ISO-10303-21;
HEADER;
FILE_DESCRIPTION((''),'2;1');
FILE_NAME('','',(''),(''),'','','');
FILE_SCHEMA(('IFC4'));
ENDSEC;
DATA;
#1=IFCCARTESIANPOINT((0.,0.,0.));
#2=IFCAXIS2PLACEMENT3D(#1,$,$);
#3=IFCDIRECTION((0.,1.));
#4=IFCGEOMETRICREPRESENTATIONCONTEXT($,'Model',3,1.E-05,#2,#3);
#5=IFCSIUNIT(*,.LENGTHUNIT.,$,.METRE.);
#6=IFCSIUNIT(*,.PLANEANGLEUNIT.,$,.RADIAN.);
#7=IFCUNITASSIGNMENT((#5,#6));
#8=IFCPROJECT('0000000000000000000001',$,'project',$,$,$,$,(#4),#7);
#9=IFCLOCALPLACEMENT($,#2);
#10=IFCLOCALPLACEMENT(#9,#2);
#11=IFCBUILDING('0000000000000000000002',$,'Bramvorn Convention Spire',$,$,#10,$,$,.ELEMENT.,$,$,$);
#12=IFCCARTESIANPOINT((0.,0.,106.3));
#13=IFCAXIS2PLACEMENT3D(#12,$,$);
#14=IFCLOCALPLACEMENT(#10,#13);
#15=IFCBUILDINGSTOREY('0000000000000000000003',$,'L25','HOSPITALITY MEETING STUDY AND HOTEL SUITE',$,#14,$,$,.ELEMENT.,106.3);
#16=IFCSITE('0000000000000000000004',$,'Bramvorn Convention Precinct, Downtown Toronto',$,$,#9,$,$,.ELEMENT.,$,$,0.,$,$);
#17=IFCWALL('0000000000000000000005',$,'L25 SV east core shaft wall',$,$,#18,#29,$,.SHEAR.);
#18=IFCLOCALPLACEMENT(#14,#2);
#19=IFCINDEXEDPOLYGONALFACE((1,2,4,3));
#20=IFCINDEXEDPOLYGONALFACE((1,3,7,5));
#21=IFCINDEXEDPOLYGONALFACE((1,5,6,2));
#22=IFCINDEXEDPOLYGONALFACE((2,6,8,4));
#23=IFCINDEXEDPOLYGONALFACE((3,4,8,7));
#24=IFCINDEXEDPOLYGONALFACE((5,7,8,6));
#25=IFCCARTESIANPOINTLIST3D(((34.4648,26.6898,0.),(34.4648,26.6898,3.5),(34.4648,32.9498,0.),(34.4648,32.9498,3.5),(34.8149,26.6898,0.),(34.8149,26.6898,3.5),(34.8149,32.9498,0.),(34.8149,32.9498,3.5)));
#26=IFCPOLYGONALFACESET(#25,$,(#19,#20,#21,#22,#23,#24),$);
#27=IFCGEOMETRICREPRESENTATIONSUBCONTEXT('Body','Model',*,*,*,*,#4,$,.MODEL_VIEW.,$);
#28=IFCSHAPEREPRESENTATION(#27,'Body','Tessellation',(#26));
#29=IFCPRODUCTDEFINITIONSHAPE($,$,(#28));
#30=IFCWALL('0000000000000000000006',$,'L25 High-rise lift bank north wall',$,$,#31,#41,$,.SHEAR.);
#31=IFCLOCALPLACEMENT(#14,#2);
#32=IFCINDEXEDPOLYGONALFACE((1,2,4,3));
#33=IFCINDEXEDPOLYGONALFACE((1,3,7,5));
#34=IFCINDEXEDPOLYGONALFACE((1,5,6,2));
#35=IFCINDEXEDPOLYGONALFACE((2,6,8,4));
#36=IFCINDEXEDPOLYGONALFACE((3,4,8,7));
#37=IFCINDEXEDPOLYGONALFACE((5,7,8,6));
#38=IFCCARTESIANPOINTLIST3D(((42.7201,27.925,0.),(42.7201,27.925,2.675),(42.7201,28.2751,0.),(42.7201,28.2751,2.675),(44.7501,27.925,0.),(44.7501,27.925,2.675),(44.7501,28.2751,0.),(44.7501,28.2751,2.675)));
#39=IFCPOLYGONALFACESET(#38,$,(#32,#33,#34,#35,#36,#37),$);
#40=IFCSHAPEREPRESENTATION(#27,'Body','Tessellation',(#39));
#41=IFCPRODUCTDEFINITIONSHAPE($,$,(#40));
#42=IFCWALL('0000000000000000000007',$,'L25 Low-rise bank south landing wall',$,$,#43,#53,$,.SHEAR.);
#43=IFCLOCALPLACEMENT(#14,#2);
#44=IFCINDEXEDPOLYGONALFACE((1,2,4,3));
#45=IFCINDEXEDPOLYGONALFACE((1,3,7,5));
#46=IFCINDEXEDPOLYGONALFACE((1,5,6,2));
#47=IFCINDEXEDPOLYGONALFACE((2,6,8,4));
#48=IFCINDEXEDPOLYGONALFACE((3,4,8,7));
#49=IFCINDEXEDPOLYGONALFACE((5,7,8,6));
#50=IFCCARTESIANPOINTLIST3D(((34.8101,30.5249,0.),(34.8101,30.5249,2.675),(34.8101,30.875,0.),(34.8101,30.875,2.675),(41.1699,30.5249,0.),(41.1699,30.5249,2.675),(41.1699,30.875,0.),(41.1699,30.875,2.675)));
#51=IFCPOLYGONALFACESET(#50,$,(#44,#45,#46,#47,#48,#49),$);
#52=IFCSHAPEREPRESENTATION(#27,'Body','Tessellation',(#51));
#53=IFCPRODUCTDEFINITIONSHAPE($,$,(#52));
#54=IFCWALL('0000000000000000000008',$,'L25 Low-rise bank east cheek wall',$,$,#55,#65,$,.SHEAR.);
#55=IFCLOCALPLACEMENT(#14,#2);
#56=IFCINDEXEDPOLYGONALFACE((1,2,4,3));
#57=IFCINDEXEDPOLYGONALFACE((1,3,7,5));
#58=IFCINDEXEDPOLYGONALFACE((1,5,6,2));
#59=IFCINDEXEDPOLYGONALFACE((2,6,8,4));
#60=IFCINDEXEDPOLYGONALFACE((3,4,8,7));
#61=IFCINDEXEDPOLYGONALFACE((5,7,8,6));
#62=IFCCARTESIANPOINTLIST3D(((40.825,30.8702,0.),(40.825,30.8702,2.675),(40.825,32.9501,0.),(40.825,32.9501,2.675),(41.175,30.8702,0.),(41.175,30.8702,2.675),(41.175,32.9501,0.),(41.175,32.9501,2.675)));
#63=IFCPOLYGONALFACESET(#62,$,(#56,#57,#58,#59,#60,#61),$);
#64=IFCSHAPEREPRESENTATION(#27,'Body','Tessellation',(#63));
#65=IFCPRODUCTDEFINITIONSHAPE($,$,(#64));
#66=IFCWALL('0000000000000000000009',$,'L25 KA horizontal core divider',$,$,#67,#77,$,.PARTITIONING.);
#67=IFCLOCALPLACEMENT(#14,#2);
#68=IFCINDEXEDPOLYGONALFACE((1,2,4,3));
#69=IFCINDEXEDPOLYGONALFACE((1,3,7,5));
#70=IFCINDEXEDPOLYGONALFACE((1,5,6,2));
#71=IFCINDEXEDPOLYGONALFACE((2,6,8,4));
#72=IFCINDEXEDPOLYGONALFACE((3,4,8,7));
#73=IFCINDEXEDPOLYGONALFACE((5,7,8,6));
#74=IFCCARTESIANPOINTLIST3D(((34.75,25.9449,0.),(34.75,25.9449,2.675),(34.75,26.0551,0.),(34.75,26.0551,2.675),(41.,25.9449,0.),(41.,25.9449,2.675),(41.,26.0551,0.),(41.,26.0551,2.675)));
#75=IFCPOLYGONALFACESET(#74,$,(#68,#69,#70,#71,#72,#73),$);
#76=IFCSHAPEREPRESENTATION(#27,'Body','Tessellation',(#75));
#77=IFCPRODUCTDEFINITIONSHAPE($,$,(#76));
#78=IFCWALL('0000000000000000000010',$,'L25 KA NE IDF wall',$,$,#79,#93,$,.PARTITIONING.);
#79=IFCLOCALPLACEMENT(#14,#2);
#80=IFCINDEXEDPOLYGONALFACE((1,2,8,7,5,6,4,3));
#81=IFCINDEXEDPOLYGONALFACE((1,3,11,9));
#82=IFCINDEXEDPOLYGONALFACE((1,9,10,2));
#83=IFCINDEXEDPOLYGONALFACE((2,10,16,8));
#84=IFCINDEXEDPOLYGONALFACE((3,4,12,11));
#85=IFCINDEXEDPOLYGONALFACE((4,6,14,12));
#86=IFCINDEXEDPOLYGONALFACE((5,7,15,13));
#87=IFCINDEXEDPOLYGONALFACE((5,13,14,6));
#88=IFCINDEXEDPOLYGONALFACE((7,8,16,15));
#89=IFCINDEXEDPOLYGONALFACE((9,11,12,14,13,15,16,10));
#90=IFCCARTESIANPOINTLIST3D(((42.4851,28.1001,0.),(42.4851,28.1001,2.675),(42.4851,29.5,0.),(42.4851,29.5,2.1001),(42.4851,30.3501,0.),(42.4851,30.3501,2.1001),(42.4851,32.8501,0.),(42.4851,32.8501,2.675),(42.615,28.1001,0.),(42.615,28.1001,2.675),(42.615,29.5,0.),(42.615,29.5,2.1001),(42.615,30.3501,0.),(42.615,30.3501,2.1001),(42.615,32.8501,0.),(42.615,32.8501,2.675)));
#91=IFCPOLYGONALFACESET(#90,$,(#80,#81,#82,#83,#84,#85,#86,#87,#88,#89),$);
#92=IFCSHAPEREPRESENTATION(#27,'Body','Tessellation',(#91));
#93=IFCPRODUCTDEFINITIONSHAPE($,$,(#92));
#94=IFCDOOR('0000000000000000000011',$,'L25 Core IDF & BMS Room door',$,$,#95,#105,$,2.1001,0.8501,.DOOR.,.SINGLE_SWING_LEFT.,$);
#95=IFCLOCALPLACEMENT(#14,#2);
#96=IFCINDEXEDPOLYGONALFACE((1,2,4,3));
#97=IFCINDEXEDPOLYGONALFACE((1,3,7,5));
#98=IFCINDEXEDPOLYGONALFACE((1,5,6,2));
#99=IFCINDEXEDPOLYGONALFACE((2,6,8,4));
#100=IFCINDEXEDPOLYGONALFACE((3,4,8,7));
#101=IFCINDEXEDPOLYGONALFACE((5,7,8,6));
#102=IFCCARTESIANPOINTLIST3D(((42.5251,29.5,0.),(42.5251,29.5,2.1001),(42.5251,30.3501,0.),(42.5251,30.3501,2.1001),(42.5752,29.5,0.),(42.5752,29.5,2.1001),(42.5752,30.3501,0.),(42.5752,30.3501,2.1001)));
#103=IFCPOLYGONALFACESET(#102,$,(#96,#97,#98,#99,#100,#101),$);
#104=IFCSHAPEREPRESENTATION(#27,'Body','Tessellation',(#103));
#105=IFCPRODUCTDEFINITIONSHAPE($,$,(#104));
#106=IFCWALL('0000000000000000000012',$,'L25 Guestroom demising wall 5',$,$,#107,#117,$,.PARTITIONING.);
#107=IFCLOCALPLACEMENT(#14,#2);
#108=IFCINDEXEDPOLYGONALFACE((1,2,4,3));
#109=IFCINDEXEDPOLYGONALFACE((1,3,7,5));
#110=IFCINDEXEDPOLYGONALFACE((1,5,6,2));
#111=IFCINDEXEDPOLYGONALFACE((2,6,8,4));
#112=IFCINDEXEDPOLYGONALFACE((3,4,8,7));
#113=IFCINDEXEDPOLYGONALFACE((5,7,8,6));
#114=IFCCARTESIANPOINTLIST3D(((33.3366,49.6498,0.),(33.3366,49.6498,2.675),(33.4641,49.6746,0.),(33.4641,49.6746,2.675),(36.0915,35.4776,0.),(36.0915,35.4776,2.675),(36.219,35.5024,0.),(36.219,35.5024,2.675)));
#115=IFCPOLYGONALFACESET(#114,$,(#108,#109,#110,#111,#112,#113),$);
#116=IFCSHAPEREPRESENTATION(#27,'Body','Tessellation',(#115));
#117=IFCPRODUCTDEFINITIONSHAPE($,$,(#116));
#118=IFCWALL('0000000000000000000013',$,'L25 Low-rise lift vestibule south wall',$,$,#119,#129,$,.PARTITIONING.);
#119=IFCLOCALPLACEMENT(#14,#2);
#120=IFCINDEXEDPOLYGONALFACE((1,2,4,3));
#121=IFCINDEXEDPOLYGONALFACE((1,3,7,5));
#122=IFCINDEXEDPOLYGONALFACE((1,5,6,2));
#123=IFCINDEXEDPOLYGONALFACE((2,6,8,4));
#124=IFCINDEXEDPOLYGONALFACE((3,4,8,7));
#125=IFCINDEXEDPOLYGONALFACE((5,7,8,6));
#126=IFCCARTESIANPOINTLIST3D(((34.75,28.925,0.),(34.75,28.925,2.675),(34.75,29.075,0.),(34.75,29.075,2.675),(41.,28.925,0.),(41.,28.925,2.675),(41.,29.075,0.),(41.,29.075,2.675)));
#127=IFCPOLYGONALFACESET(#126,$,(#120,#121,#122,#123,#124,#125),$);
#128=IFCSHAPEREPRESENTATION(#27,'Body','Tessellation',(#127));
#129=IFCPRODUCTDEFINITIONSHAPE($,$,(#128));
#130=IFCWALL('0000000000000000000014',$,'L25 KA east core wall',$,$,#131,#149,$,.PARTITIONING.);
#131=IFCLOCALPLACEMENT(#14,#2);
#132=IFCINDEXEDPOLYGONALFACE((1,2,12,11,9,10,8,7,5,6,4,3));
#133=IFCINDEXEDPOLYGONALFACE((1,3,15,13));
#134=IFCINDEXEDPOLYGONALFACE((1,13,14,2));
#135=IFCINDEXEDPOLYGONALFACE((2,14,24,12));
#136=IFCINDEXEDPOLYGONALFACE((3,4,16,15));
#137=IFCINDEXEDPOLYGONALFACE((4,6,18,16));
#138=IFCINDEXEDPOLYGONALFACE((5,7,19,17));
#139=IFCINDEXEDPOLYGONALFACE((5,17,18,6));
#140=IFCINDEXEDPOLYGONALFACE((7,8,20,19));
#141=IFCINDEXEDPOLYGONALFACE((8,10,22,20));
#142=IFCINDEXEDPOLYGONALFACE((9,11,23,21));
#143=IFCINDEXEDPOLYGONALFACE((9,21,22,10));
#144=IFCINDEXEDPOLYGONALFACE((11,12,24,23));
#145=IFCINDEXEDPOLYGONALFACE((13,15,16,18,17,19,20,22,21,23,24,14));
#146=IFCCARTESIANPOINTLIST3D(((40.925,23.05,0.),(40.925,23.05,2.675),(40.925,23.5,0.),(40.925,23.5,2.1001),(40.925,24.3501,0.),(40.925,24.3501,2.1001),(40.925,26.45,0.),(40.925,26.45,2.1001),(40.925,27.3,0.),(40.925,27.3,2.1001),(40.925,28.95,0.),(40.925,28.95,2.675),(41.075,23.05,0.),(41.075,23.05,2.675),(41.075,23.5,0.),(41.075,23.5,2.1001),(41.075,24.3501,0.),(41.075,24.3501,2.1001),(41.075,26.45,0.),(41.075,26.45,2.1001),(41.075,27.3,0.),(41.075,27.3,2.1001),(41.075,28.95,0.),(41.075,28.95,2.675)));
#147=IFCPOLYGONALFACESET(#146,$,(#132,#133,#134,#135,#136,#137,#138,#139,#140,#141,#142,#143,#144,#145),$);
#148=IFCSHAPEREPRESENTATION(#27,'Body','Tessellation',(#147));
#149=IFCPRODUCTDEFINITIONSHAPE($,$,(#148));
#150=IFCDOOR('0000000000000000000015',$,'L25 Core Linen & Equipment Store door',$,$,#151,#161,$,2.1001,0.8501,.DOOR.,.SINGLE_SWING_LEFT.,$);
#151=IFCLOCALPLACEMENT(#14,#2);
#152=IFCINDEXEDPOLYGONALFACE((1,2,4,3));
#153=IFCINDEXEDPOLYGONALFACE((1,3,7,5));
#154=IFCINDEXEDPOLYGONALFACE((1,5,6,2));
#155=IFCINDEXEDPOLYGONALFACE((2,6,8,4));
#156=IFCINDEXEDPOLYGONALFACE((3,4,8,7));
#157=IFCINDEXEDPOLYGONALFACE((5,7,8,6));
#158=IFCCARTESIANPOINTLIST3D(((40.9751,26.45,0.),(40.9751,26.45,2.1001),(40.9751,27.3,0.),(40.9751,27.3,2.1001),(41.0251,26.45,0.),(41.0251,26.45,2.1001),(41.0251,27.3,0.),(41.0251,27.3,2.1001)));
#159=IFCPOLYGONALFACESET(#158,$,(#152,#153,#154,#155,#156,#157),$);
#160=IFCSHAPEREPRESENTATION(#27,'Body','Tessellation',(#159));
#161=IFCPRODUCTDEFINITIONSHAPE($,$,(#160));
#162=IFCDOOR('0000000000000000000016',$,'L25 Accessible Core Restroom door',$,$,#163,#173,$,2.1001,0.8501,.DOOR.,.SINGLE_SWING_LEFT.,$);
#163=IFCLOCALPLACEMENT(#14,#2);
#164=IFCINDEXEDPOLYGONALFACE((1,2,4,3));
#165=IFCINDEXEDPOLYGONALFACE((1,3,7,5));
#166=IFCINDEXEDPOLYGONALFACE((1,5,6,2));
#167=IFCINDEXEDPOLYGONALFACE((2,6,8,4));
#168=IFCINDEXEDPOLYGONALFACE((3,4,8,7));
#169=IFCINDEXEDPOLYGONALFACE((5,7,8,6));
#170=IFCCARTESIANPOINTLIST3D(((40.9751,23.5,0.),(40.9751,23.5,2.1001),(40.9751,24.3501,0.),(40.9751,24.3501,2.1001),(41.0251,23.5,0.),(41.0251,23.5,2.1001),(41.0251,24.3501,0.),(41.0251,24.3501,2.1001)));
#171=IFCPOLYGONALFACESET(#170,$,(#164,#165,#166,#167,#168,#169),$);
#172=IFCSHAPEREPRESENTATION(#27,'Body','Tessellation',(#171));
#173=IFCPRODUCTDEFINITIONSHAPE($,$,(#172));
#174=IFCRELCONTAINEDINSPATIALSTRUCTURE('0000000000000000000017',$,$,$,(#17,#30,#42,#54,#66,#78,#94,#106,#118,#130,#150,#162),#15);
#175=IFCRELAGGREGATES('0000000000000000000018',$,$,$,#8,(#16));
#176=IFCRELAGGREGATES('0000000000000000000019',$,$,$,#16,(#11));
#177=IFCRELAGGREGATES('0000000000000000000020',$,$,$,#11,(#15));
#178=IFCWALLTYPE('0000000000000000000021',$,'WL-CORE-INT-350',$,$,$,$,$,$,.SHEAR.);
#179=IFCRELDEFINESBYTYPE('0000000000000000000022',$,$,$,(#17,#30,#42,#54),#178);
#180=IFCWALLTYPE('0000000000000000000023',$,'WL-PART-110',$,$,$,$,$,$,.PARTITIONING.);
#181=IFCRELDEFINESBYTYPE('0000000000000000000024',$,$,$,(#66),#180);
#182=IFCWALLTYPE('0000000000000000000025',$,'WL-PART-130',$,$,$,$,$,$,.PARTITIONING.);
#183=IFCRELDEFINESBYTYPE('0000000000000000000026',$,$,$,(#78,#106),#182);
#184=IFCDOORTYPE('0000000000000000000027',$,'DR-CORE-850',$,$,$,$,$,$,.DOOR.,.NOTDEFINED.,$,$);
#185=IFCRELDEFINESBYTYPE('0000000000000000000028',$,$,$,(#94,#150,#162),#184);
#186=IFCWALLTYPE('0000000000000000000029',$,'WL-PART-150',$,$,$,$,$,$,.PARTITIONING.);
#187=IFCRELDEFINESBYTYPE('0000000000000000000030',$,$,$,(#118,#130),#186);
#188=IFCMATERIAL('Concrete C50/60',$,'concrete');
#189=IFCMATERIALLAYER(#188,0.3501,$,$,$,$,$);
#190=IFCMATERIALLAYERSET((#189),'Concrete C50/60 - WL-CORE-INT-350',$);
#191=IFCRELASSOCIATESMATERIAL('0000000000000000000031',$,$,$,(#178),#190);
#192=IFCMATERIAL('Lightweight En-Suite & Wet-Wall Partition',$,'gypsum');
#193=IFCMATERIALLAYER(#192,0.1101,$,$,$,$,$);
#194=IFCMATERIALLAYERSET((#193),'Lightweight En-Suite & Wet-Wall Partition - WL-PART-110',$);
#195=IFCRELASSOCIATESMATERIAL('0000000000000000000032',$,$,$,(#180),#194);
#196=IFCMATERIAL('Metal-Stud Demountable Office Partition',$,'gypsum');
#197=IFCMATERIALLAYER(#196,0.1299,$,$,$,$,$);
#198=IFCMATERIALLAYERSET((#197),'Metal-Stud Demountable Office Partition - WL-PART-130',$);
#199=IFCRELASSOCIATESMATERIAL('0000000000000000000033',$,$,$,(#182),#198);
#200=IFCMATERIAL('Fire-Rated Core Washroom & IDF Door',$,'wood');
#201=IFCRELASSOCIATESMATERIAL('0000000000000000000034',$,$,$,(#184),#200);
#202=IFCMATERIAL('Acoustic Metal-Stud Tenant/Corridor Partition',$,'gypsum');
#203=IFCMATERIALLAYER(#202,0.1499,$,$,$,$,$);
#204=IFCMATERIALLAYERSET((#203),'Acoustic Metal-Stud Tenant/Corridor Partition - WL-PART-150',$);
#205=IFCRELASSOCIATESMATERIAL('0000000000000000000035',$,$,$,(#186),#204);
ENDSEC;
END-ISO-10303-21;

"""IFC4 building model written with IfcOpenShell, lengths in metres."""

from ifc_helpers import new_model, si_unit, direction, frame, frame_2d, origin, place, context, subcontext, project, spatial, rectangle, extrude, material, layer, layer_set, type_object, element, fill, save


model = new_model("IFC4")

# Units and contexts
model_context = context("Model", 3, precision=1e-05, world=origin(), true_north=direction((0.0, 1.0)))
body_context = subcontext(model_context, "Body", "Model", "MODEL_VIEW")
ifc_project = project(units=[si_unit("LENGTHUNIT", "METRE"), si_unit("PLANEANGLEUNIT", "RADIAN")], contexts=[model_context])

# Site, building, storey
site_placement = place(None, origin())
site = spatial("IfcSite", under=ifc_project, at=site_placement, Name="Bramvorn Convention Precinct, Downtown Toronto", CompositionType="ELEMENT", RefElevation=0.0)
building_placement = place(site_placement, origin())
building = spatial("IfcBuilding", under=site, at=building_placement, Name="Bramvorn Convention Spire", CompositionType="ELEMENT")
storey_placement = place(building_placement, frame((0.0, 0.0, 106.3)))
storey = spatial("IfcBuildingStorey", under=building, at=storey_placement, Name="L25", Description="HOSPITALITY MEETING STUDY AND HOTEL SUITE", CompositionType="ELEMENT", Elevation=106.3)

# Shared definitions
ifc_material_1 = material(Name="Concrete C50/60", Category="concrete")
ifc_layer_1 = layer(ifc_material_1, 0.3501)
ifc_layer_set_1 = layer_set([ifc_layer_1], Name="Concrete C50/60 - WL-CORE-INT-350")
wall_type_1 = type_object("IfcWallType", Name="WL-CORE-INT-350", PredefinedType="SHEAR", material=ifc_layer_set_1)

# Walls
wall_1_placement = place(storey_placement, frame((34.6399, 26.6899, 0.0), z_axis=(0.0, 0.0, 1.0), x_axis=(0.0, 1.0, 0.0)))
element("IfcWall", 1, at=wall_1_placement, inside=storey, type_object=wall_type_1, Name="L25 SV east core shaft wall", PredefinedType="SHEAR", context=body_context, shape_type="SweptSolid", body=[
    extrude(rectangle(XDim=6.26, YDim=0.3501, at=frame_2d((3.1299, 0.0))), origin(), (0.0, 0.0, 1.0), 3.5),
])
wall_2_placement = place(storey_placement, frame((42.72, 28.1001, 0.0), z_axis=(0.0, 0.0, 1.0), x_axis=(1.0, 0.0, 0.0)))
element("IfcWall", 2, at=wall_2_placement, inside=storey, type_object=wall_type_1, Name="L25 High-rise lift bank north wall", PredefinedType="SHEAR", context=body_context, shape_type="SweptSolid", body=[
    extrude(rectangle(XDim=2.03, YDim=0.3501, at=frame_2d((1.0151, 0.0))), origin(), (0.0, 0.0, 1.0), 2.675),
])
wall_3_placement = place(storey_placement, frame((34.8101, 30.7, 0.0), z_axis=(0.0, 0.0, 1.0), x_axis=(1.0, 0.0, 0.0)))
element("IfcWall", 3, at=wall_3_placement, inside=storey, type_object=wall_type_1, Name="L25 Low-rise bank south landing wall", PredefinedType="SHEAR", context=body_context, shape_type="SweptSolid", body=[
    extrude(rectangle(XDim=6.3599, YDim=0.3501, at=frame_2d((3.1799, 0.0))), origin(), (0.0, 0.0, 1.0), 2.675),
])
wall_4_placement = place(storey_placement, frame((41.0, 30.8701, 0.0), z_axis=(0.0, 0.0, 1.0), x_axis=(0.0, 1.0, 0.0)))
element("IfcWall", 4, at=wall_4_placement, inside=storey, type_object=wall_type_1, Name="L25 Low-rise bank east cheek wall", PredefinedType="SHEAR", context=body_context, shape_type="SweptSolid", body=[
    extrude(rectangle(XDim=2.0798, YDim=0.3501, at=frame_2d((1.04, 0.0))), origin(), (0.0, 0.0, 1.0), 2.675),
])
ifc_material_2 = material(Name="Lightweight En-Suite & Wet-Wall Partition", Category="gypsum")
ifc_layer_2 = layer(ifc_material_2, 0.1101)
ifc_layer_set_2 = layer_set([ifc_layer_2], Name="Lightweight En-Suite & Wet-Wall Partition - WL-PART-110")
wall_type_2 = type_object("IfcWallType", Name="WL-PART-110", PredefinedType="PARTITIONING", material=ifc_layer_set_2)
wall_5_placement = place(storey_placement, frame((34.75, 26.0, 0.0), z_axis=(0.0, 0.0, 1.0), x_axis=(1.0, 0.0, 0.0)))
element("IfcWall", 5, at=wall_5_placement, inside=storey, type_object=wall_type_2, Name="L25 KA horizontal core divider", PredefinedType="PARTITIONING", context=body_context, shape_type="SweptSolid", body=[
    extrude(rectangle(XDim=6.25, YDim=0.1101, at=frame_2d((3.125, 0.0))), origin(), (0.0, 0.0, 1.0), 2.675),
])

# Wall, opening, door
ifc_material_3 = material(Name="Metal-Stud Demountable Office Partition", Category="gypsum")
ifc_layer_3 = layer(ifc_material_3, 0.1299)
ifc_layer_set_3 = layer_set([ifc_layer_3], Name="Metal-Stud Demountable Office Partition - WL-PART-130")
wall_type_3 = type_object("IfcWallType", Name="WL-PART-130", PredefinedType="PARTITIONING", material=ifc_layer_set_3)
wall_6_placement = place(storey_placement, frame((42.55, 28.1001, 0.0), z_axis=(0.0, 0.0, 1.0), x_axis=(0.0, 1.0, 0.0)))
wall_6 = element("IfcWall", 6, at=wall_6_placement, inside=storey, type_object=wall_type_3, Name="L25 KA NE IDF wall", PredefinedType="PARTITIONING", context=body_context, shape_type="SweptSolid", body=[
    extrude(rectangle(XDim=4.75, YDim=0.1299, at=frame_2d((2.375, 0.0))), origin(), (0.0, 0.0, 1.0), 2.675),
])
opening_1_placement = place(wall_6_placement, frame((1.3999, 0.0, 0.0)))
opening_1 = element("IfcOpeningElement", 7, at=opening_1_placement, cuts=wall_6, PredefinedType="OPENING", context=body_context, shape_type="SweptSolid", body=[
    extrude(rectangle(XDim=0.8501, YDim=2.1001, at=frame_2d((0.425, 1.05))), frame((0.0, 0.075, 0.0), z_axis=(0.0, -1.0, 0.0), x_axis=(1.0, 0.0, 0.0)), (0.0, 0.0, 1.0), 0.1499),
])
ifc_material_4 = material(Name="Fire-Rated Core Washroom & IDF Door", Category="wood")
door_type_1 = type_object("IfcDoorType", Name="DR-CORE-850", OperationType="NOTDEFINED", PredefinedType="DOOR", material=ifc_material_4)
door_1_placement = place(opening_1_placement, origin())
door_1 = element("IfcDoor", 8, at=door_1_placement, inside=storey, type_object=door_type_1, Name="L25 Core IDF & BMS Room door", OperationType="SINGLE_SWING_LEFT", OverallHeight=2.1001, OverallWidth=0.8501, PredefinedType="DOOR", context=body_context, shape_type="SweptSolid", body=[
    extrude(rectangle(XDim=0.8501, YDim=2.1001, at=frame_2d((0.425, 1.05))), frame((0.0, 0.0249, 0.0), z_axis=(0.0, -1.0, 0.0), x_axis=(1.0, 0.0, 0.0)), (0.0, 0.0, 1.0), 0.05),
])
fill(opening_1, door_1)

# Walls
wall_7_placement = place(storey_placement, frame((36.1553, 35.49, 0.0), z_axis=(0.0, 0.0, 1.0), x_axis=(-0.190816, 0.981626, 0.0)))
element("IfcWall", 9, at=wall_7_placement, inside=storey, type_object=wall_type_3, Name="L25 Guestroom demising wall 5", PredefinedType="PARTITIONING", context=body_context, shape_type="SweptSolid", body=[
    extrude(rectangle(XDim=14.4375, YDim=0.1299, at=frame_2d((7.2188, 0.0))), origin(), (0.0, 0.0, 1.0), 2.675),
])
ifc_material_5 = material(Name="Acoustic Metal-Stud Tenant/Corridor Partition", Category="gypsum")
ifc_layer_4 = layer(ifc_material_5, 0.1499)
ifc_layer_set_4 = layer_set([ifc_layer_4], Name="Acoustic Metal-Stud Tenant/Corridor Partition - WL-PART-150")
wall_type_4 = type_object("IfcWallType", Name="WL-PART-150", PredefinedType="PARTITIONING", material=ifc_layer_set_4)
wall_8_placement = place(storey_placement, frame((34.75, 29.0, 0.0), z_axis=(0.0, 0.0, 1.0), x_axis=(1.0, 0.0, 0.0)))
element("IfcWall", 10, at=wall_8_placement, inside=storey, type_object=wall_type_4, Name="L25 Low-rise lift vestibule south wall", PredefinedType="PARTITIONING", context=body_context, shape_type="SweptSolid", body=[
    extrude(rectangle(XDim=6.25, YDim=0.1499, at=frame_2d((3.125, 0.0))), origin(), (0.0, 0.0, 1.0), 2.675),
])

# Wall, openings, doors
wall_9_placement = place(storey_placement, frame((41.0, 23.05, 0.0), z_axis=(0.0, 0.0, 1.0), x_axis=(0.0, 1.0, 0.0)))
wall_9 = element("IfcWall", 11, at=wall_9_placement, inside=storey, type_object=wall_type_4, Name="L25 KA east core wall", PredefinedType="PARTITIONING", context=body_context, shape_type="SweptSolid", body=[
    extrude(rectangle(XDim=5.8999, YDim=0.1499, at=frame_2d((2.95, 0.0))), origin(), (0.0, 0.0, 1.0), 2.675),
])
opening_2_placement = place(wall_9_placement, frame((3.3999, 0.0, 0.0)))
opening_2 = element("IfcOpeningElement", 12, at=opening_2_placement, cuts=wall_9, PredefinedType="OPENING", context=body_context, shape_type="SweptSolid", body=[
    extrude(rectangle(XDim=0.8501, YDim=2.1001, at=frame_2d((0.425, 1.05))), frame((0.0, 0.085, 0.0), z_axis=(0.0, -1.0, 0.0), x_axis=(1.0, 0.0, 0.0)), (0.0, 0.0, 1.0), 0.1699),
])
opening_3_placement = place(wall_9_placement, frame((0.45, 0.0, 0.0)))
opening_3 = element("IfcOpeningElement", 13, at=opening_3_placement, cuts=wall_9, PredefinedType="OPENING", context=body_context, shape_type="SweptSolid", body=[
    extrude(rectangle(XDim=0.8501, YDim=2.1001, at=frame_2d((0.425, 1.05))), frame((0.0, 0.085, 0.0), z_axis=(0.0, -1.0, 0.0), x_axis=(1.0, 0.0, 0.0)), (0.0, 0.0, 1.0), 0.1699),
])
door_2_placement = place(opening_2_placement, origin())
door_2 = element("IfcDoor", 14, at=door_2_placement, inside=storey, type_object=door_type_1, Name="L25 Core Linen & Equipment Store door", OperationType="SINGLE_SWING_LEFT", OverallHeight=2.1001, OverallWidth=0.8501, PredefinedType="DOOR", context=body_context, shape_type="SweptSolid", body=[
    extrude(rectangle(XDim=0.8501, YDim=2.1001, at=frame_2d((0.425, 1.05))), frame((0.0, 0.0249, 0.0), z_axis=(0.0, -1.0, 0.0), x_axis=(1.0, 0.0, 0.0)), (0.0, 0.0, 1.0), 0.05),
])
fill(opening_2, door_2)
door_3_placement = place(opening_3_placement, origin())
door_3 = element("IfcDoor", 15, at=door_3_placement, inside=storey, type_object=door_type_1, Name="L25 Accessible Core Restroom door", OperationType="SINGLE_SWING_LEFT", OverallHeight=2.1001, OverallWidth=0.8501, PredefinedType="DOOR", context=body_context, shape_type="SweptSolid", body=[
    extrude(rectangle(XDim=0.8501, YDim=2.1001, at=frame_2d((0.425, 1.05))), frame((0.0, 0.0249, 0.0), z_axis=(0.0, -1.0, 0.0), x_axis=(1.0, 0.0, 0.0)), (0.0, 0.0, 1.0), 0.05),
])
fill(opening_3, door_3)

save(model, "model.ifc")
